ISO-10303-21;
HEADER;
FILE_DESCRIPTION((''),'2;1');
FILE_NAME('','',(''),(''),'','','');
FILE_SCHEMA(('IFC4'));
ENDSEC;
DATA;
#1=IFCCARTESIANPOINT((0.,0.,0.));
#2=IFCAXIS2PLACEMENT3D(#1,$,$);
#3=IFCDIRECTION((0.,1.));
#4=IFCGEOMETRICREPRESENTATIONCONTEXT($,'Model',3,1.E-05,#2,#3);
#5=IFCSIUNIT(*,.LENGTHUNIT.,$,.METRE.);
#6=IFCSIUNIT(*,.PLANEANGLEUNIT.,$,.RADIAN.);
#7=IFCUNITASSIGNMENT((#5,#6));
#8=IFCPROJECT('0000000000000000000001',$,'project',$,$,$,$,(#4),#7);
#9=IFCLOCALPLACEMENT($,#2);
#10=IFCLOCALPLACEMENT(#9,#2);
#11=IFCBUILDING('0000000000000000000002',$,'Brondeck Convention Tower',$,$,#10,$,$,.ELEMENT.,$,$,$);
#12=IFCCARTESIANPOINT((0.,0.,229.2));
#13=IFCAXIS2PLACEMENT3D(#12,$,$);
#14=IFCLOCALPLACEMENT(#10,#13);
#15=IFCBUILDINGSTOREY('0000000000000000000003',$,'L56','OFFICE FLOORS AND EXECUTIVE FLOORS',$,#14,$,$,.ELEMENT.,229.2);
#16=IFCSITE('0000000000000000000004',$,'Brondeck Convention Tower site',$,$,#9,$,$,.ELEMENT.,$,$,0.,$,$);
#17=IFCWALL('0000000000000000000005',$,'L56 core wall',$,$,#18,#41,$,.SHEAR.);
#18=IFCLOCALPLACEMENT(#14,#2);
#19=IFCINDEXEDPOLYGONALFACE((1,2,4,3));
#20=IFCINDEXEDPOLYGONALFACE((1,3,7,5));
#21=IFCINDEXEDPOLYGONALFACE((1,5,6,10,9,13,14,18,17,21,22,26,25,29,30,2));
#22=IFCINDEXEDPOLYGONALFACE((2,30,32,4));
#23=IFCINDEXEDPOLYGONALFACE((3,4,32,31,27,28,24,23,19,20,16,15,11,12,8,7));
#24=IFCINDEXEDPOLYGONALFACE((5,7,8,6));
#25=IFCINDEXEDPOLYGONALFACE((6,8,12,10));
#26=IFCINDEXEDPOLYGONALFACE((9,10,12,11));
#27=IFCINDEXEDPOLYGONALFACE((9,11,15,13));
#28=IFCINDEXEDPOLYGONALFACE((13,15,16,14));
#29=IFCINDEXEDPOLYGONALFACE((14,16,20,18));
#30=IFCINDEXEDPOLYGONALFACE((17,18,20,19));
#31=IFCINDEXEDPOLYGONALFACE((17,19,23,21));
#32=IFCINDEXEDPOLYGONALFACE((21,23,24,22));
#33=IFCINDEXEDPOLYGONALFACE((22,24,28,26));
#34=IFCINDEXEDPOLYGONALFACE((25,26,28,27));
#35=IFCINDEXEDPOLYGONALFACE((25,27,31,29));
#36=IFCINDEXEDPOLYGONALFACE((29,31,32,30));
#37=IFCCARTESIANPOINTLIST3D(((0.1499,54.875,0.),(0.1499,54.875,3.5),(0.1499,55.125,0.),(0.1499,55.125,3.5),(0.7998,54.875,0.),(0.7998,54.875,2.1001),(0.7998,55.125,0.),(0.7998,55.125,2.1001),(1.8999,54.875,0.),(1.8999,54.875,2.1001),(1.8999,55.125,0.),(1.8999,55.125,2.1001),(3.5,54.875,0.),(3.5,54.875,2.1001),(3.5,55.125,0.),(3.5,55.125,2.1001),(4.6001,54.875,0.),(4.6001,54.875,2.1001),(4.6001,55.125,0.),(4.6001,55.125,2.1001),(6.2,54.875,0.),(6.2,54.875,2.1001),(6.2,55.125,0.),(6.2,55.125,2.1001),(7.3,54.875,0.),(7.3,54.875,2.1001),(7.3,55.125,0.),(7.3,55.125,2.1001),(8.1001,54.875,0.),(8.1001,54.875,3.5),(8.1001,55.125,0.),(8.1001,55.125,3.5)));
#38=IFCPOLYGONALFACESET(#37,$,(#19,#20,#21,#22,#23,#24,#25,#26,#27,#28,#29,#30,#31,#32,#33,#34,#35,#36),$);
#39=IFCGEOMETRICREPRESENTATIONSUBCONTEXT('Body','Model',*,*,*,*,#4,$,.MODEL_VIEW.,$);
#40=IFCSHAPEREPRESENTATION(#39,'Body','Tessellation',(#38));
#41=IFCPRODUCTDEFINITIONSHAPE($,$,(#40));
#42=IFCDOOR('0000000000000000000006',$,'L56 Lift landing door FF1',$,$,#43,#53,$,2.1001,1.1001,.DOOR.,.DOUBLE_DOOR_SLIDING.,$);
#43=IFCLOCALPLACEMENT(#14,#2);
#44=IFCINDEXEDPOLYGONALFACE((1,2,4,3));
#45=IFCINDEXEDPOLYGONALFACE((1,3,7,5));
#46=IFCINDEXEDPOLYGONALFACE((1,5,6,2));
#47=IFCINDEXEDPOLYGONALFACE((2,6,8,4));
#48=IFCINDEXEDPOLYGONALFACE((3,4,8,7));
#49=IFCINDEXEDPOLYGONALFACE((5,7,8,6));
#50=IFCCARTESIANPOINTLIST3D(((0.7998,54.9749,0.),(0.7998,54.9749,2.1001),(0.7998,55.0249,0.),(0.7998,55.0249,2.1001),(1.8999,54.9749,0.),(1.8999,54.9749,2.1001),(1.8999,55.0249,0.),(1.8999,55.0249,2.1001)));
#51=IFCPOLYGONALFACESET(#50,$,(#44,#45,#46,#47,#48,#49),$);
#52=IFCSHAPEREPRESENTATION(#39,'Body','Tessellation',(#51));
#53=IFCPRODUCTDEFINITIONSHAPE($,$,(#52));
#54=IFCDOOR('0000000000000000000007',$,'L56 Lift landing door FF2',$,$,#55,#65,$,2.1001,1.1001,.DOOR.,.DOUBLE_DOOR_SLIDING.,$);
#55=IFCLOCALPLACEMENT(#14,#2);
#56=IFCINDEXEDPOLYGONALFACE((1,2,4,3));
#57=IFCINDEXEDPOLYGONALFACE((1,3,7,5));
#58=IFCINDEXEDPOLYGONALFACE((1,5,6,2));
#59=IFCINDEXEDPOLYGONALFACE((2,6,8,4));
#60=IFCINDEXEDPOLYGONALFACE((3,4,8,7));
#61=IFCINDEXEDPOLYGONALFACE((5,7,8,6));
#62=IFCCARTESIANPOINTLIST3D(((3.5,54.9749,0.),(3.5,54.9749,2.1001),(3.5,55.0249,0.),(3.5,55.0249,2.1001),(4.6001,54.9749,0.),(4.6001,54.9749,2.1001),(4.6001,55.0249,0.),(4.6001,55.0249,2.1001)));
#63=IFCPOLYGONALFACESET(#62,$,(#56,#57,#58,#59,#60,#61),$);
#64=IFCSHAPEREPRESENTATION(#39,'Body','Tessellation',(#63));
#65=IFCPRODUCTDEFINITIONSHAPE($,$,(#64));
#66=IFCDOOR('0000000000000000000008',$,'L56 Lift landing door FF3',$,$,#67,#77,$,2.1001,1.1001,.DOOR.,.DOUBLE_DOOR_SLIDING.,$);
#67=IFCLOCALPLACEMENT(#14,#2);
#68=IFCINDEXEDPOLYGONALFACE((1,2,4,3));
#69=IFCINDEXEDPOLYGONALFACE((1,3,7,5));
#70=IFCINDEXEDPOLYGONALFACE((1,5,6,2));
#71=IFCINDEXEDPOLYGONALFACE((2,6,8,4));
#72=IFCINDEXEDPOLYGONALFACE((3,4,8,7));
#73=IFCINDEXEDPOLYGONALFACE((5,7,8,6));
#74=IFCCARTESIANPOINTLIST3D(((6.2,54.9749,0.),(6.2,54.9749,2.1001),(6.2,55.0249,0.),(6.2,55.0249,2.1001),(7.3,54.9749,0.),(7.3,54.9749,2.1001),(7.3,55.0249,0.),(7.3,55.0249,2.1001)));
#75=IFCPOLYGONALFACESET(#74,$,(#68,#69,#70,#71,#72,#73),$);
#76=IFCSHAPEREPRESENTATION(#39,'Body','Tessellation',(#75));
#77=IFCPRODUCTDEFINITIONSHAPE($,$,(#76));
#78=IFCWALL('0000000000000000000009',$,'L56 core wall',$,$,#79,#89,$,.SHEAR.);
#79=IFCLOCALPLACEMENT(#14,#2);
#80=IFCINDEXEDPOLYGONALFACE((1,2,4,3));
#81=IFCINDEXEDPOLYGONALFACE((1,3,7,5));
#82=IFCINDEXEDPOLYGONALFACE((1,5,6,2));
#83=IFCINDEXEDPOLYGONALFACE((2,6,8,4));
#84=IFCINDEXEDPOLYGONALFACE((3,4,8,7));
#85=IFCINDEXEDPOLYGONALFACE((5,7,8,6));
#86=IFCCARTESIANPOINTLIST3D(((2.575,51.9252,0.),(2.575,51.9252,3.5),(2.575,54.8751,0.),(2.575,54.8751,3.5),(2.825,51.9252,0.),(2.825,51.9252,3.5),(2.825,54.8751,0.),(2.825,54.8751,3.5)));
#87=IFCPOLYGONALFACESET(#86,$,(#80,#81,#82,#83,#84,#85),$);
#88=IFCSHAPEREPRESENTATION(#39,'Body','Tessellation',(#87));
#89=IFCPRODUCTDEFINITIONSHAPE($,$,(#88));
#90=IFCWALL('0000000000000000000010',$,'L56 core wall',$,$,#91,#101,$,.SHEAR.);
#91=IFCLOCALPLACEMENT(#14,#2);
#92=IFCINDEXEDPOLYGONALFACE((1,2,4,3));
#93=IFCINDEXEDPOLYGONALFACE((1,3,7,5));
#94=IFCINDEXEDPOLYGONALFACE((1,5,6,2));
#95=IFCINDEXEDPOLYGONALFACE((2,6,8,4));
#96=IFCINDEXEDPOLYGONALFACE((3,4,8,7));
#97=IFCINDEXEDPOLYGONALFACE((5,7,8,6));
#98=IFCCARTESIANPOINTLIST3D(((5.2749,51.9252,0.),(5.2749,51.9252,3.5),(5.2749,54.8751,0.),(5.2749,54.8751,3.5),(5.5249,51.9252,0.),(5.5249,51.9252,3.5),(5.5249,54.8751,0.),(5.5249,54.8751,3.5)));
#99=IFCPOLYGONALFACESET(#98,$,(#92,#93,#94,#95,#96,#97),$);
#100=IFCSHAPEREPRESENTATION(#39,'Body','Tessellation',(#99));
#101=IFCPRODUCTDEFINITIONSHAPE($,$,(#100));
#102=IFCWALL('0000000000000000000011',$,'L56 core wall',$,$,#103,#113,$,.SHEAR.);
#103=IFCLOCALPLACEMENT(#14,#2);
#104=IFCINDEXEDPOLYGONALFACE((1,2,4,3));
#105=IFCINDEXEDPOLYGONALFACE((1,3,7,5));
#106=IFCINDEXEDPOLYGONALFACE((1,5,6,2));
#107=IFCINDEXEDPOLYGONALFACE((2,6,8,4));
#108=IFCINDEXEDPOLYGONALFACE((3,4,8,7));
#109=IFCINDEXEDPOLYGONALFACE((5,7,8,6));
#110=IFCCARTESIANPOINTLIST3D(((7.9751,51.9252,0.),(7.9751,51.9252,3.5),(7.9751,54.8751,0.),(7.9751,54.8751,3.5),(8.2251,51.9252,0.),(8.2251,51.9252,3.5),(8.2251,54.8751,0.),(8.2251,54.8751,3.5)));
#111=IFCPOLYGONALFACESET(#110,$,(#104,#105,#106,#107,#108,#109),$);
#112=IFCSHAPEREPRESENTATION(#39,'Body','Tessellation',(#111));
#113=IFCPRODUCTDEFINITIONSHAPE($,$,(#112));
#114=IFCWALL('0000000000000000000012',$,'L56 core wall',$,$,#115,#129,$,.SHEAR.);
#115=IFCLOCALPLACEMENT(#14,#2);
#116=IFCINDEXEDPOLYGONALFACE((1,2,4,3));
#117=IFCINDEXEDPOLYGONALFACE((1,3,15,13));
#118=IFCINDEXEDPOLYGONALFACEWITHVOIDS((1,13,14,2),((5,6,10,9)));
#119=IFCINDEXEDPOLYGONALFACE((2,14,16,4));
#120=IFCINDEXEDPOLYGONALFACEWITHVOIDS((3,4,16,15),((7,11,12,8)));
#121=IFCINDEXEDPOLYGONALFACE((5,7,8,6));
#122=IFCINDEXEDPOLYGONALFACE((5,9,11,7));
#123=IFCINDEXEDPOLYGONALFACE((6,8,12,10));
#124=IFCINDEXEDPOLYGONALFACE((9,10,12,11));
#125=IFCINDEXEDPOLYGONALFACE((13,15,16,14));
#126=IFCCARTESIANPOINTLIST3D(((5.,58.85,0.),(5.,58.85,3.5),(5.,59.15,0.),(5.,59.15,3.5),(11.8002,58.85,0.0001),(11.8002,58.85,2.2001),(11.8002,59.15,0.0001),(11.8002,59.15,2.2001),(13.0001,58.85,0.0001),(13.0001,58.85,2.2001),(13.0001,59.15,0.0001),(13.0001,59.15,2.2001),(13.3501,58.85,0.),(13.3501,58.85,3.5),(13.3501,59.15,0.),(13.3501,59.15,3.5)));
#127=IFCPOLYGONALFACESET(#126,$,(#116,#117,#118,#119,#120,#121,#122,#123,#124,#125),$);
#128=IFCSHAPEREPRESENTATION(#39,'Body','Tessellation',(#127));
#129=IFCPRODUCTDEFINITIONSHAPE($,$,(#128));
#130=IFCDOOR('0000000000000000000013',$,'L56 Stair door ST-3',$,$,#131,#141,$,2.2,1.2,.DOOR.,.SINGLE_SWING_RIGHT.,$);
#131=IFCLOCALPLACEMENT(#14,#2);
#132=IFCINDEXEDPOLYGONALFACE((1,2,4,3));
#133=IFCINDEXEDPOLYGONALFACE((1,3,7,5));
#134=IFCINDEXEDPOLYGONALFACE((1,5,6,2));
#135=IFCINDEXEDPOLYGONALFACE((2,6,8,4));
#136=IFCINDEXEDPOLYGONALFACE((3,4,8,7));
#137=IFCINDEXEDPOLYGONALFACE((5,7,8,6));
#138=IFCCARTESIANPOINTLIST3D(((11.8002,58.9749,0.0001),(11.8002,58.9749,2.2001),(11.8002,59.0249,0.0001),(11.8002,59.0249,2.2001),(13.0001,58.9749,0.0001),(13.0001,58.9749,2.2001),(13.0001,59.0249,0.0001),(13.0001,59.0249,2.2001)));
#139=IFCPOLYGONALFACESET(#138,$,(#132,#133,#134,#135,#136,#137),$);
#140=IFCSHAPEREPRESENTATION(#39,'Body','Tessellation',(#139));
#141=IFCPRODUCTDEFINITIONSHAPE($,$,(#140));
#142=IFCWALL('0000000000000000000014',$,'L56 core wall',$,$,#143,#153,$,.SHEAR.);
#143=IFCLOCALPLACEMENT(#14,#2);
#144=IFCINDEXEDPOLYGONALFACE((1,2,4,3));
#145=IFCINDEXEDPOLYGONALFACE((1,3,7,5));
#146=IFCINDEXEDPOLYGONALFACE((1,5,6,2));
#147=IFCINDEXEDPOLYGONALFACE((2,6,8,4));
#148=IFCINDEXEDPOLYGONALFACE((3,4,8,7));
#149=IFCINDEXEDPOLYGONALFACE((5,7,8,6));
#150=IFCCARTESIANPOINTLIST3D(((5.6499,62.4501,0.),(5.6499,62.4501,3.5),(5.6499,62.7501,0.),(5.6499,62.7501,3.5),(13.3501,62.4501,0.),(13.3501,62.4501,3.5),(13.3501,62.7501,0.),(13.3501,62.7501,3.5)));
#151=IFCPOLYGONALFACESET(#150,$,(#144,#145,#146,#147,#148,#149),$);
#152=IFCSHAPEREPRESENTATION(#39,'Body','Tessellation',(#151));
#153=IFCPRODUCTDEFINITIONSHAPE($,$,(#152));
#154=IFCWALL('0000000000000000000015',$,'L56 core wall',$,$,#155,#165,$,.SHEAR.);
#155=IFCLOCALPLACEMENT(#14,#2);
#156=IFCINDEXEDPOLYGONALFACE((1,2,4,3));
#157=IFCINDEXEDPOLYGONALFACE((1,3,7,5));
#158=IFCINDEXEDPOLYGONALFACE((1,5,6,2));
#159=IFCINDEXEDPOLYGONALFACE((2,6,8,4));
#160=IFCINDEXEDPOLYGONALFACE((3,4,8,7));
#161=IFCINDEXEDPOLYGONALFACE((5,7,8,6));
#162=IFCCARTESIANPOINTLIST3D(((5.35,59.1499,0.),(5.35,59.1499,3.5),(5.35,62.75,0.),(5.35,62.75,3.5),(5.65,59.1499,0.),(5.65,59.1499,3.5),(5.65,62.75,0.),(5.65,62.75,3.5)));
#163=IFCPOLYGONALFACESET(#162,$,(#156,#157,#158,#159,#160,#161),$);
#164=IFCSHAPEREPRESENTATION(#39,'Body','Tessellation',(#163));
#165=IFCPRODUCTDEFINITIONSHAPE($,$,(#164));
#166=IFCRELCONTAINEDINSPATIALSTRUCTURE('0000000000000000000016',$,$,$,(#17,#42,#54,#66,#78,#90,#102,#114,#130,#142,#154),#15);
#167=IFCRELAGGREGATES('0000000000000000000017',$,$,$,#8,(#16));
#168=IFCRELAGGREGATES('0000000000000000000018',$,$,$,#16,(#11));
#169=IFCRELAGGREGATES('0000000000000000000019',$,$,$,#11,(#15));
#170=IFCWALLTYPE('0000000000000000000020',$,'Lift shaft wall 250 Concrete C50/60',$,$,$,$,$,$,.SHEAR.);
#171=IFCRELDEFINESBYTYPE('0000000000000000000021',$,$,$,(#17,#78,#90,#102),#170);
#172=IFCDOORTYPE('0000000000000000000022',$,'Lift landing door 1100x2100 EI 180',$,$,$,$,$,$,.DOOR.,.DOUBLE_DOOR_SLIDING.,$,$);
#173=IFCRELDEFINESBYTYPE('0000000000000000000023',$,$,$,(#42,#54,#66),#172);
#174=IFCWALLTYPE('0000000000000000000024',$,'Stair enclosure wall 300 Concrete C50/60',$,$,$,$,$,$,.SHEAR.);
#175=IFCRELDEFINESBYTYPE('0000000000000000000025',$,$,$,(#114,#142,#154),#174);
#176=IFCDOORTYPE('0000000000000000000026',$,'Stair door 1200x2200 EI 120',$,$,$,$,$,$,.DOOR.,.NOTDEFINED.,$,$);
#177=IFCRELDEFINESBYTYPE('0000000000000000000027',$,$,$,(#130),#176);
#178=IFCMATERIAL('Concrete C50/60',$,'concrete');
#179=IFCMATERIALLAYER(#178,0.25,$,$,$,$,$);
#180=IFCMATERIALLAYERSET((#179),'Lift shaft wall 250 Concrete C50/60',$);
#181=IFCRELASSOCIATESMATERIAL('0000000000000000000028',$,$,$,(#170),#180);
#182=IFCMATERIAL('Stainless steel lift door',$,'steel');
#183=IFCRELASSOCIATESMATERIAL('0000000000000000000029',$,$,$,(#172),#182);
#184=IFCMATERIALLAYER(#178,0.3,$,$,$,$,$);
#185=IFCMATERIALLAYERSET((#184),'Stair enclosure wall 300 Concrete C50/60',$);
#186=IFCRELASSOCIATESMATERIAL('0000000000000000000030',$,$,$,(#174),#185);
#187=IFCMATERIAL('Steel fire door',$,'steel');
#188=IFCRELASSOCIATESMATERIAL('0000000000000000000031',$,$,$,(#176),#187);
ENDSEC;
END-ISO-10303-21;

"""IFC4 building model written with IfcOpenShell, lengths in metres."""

from ifc_helpers import new_model, si_unit, direction, frame, frame_2d, origin, place, context, subcontext, project, spatial, rectangle, extrude, material, layer, layer_set, type_object, element, fill, save


model = new_model("IFC4")

# Units and contexts
model_context = context("Model", 3, precision=1e-05, world=origin(), true_north=direction((0.0, 1.0)))
body_context = subcontext(model_context, "Body", "Model", "MODEL_VIEW")
ifc_project = project(units=[si_unit("LENGTHUNIT", "METRE"), si_unit("PLANEANGLEUNIT", "RADIAN")], contexts=[model_context])

# Site, building, storey
site_placement = place(None, origin())
site = spatial("IfcSite", under=ifc_project, at=site_placement, Name="Brondeck Convention Tower site", CompositionType="ELEMENT", RefElevation=0.0)
building_placement = place(site_placement, origin())
building = spatial("IfcBuilding", under=site, at=building_placement, Name="Brondeck Convention Tower", CompositionType="ELEMENT")
storey_placement = place(building_placement, frame((0.0, 0.0, 229.2)))
storey = spatial("IfcBuildingStorey", under=building, at=storey_placement, Name="L56", Description="OFFICE FLOORS AND EXECUTIVE FLOORS", CompositionType="ELEMENT", Elevation=229.2)

# Shared definitions
ifc_material_1 = material(Name="Concrete C50/60", Category="concrete")

# Shared definitions
ifc_material_2 = material(Name="Steel fire door", Category="steel")

# Wall, openings, doors
ifc_layer_1 = layer(ifc_material_1, 0.25)
ifc_layer_set_1 = layer_set([ifc_layer_1], Name="Lift shaft wall 250 Concrete C50/60")
wall_type_1 = type_object("IfcWallType", Name="Lift shaft wall 250 Concrete C50/60", PredefinedType="SHEAR", material=ifc_layer_set_1)
wall_1_placement = place(storey_placement, frame((0.1499, 55.0, 0.0), z_axis=(0.0, 0.0, 1.0), x_axis=(1.0, 0.0, 0.0)))
wall_1 = element("IfcWall", 1, at=wall_1_placement, inside=storey, type_object=wall_type_1, Name="L56 core wall", PredefinedType="SHEAR", context=body_context, shape_type="SweptSolid", body=[
    extrude(rectangle(XDim=7.9502, YDim=0.25, at=frame_2d((3.9751, 0.0))), origin(), (0.0, 0.0, 1.0), 3.5),
])
opening_1_placement = place(wall_1_placement, frame((0.6499, 0.0, 0.0)))
opening_1 = element("IfcOpeningElement", 2, at=opening_1_placement, cuts=wall_1, PredefinedType="OPENING", context=body_context, shape_type="SweptSolid", body=[
    extrude(rectangle(XDim=1.1001, YDim=2.1001, at=frame_2d((0.55, 1.05))), frame((0.0, 0.135, 0.0), z_axis=(0.0, -1.0, 0.0), x_axis=(1.0, 0.0, 0.0)), (0.0, 0.0, 1.0), 0.27),
])
opening_2_placement = place(wall_1_placement, frame((3.3501, 0.0, 0.0)))
opening_2 = element("IfcOpeningElement", 3, at=opening_2_placement, cuts=wall_1, PredefinedType="OPENING", context=body_context, shape_type="SweptSolid", body=[
    extrude(rectangle(XDim=1.1001, YDim=2.1001, at=frame_2d((0.55, 1.05))), frame((0.0, 0.135, 0.0), z_axis=(0.0, -1.0, 0.0), x_axis=(1.0, 0.0, 0.0)), (0.0, 0.0, 1.0), 0.27),
])
opening_3_placement = place(wall_1_placement, frame((6.05, 0.0, 0.0)))
opening_3 = element("IfcOpeningElement", 4, at=opening_3_placement, cuts=wall_1, PredefinedType="OPENING", context=body_context, shape_type="SweptSolid", body=[
    extrude(rectangle(XDim=1.1001, YDim=2.1001, at=frame_2d((0.55, 1.05))), frame((0.0, 0.135, 0.0), z_axis=(0.0, -1.0, 0.0), x_axis=(1.0, 0.0, 0.0)), (0.0, 0.0, 1.0), 0.27),
])
ifc_material_3 = material(Name="Stainless steel lift door", Category="steel")
door_type_1 = type_object("IfcDoorType", Name="Lift landing door 1100x2100 EI 180", OperationType="DOUBLE_DOOR_SLIDING", PredefinedType="DOOR", material=ifc_material_3)
door_1_placement = place(opening_1_placement, origin())
door_1 = element("IfcDoor", 5, at=door_1_placement, inside=storey, type_object=door_type_1, Name="L56 Lift landing door FF1", OperationType="DOUBLE_DOOR_SLIDING", OverallHeight=2.1001, OverallWidth=1.1001, PredefinedType="DOOR", context=body_context, shape_type="SweptSolid", body=[
    extrude(rectangle(XDim=1.1001, YDim=2.1001, at=frame_2d((0.55, 1.05))), frame((0.0, 0.0249, 0.0), z_axis=(0.0, -1.0, 0.0), x_axis=(1.0, 0.0, 0.0)), (0.0, 0.0, 1.0), 0.05),
])
fill(opening_1, door_1)
door_2_placement = place(opening_2_placement, origin())
door_2 = element("IfcDoor", 6, at=door_2_placement, inside=storey, type_object=door_type_1, Name="L56 Lift landing door FF2", OperationType="DOUBLE_DOOR_SLIDING", OverallHeight=2.1001, OverallWidth=1.1001, PredefinedType="DOOR", context=body_context, shape_type="SweptSolid", body=[
    extrude(rectangle(XDim=1.1001, YDim=2.1001, at=frame_2d((0.55, 1.05))), frame((0.0, 0.0249, 0.0), z_axis=(0.0, -1.0, 0.0), x_axis=(1.0, 0.0, 0.0)), (0.0, 0.0, 1.0), 0.05),
])
fill(opening_2, door_2)
door_3_placement = place(opening_3_placement, origin())
door_3 = element("IfcDoor", 7, at=door_3_placement, inside=storey, type_object=door_type_1, Name="L56 Lift landing door FF3", OperationType="DOUBLE_DOOR_SLIDING", OverallHeight=2.1001, OverallWidth=1.1001, PredefinedType="DOOR", context=body_context, shape_type="SweptSolid", body=[
    extrude(rectangle(XDim=1.1001, YDim=2.1001, at=frame_2d((0.55, 1.05))), frame((0.0, 0.0249, 0.0), z_axis=(0.0, -1.0, 0.0), x_axis=(1.0, 0.0, 0.0)), (0.0, 0.0, 1.0), 0.05),
])
fill(opening_3, door_3)

# Walls
for number, where, z_axis, x_axis, name in (
    (8, (2.7, 51.925, 0.0), (0.0, 0.0, 1.0), (0.0, 1.0, 0.0), "L56 core wall"),
    (9, (5.3999, 51.925, 0.0), (0.0, 0.0, 1.0), (0.0, 1.0, 0.0), "L56 core wall"),
    (10, (8.1001, 51.925, 0.0), (0.0, 0.0, 1.0), (0.0, 1.0, 0.0), "L56 core wall"),
):
    element("IfcWall", number, at=place(storey_placement, frame(where, z_axis=z_axis, x_axis=x_axis)), inside=storey, type_object=wall_type_1, Name=name, PredefinedType="SHEAR", context=body_context, shape_type="SweptSolid", body=[
        extrude(rectangle(XDim=2.95, YDim=0.25, at=frame_2d((1.4751, 0.0))), origin(), (0.0, 0.0, 1.0), 3.5),
    ])

# Wall, opening, door
ifc_layer_2 = layer(ifc_material_1, 0.3)
ifc_layer_set_2 = layer_set([ifc_layer_2], Name="Stair enclosure wall 300 Concrete C50/60")
wall_type_2 = type_object("IfcWallType", Name="Stair enclosure wall 300 Concrete C50/60", PredefinedType="SHEAR", material=ifc_layer_set_2)
wall_2_placement = place(storey_placement, frame((5.0, 59.0, 0.0), z_axis=(0.0, 0.0, 1.0), x_axis=(1.0, 0.0, 0.0)))
wall_2 = element("IfcWall", 11, at=wall_2_placement, inside=storey, type_object=wall_type_2, Name="L56 core wall", PredefinedType="SHEAR", context=body_context, shape_type="SweptSolid", body=[
    extrude(rectangle(XDim=8.3501, YDim=0.3, at=frame_2d((4.175, 0.0))), origin(), (0.0, 0.0, 1.0), 3.5),
])
opening_4_placement = place(wall_2_placement, frame((6.8, 0.0, 0.0)))
opening_4 = element("IfcOpeningElement", 12, at=opening_4_placement, cuts=wall_2, PredefinedType="OPENING", context=body_context, shape_type="SweptSolid", body=[
    extrude(rectangle(XDim=1.2, YDim=2.2, at=frame_2d((0.6001, 1.1001))), frame((0.0, 0.1599, 0.0), z_axis=(0.0, -1.0, 0.0), x_axis=(1.0, 0.0, 0.0)), (0.0, 0.0, 1.0), 0.3201),
])
door_type_2 = type_object("IfcDoorType", Name="Stair door 1200x2200 EI 120", OperationType="NOTDEFINED", PredefinedType="DOOR", material=ifc_material_2)
door_4_placement = place(opening_4_placement, origin())
door_4 = element("IfcDoor", 13, at=door_4_placement, inside=storey, type_object=door_type_2, Name="L56 Stair door ST-3", OperationType="SINGLE_SWING_RIGHT", OverallHeight=2.2, OverallWidth=1.2, PredefinedType="DOOR", context=body_context, shape_type="SweptSolid", body=[
    extrude(rectangle(XDim=1.2, YDim=2.2, at=frame_2d((0.6001, 1.1001))), frame((0.0, 0.0249, 0.0), z_axis=(0.0, -1.0, 0.0), x_axis=(1.0, 0.0, 0.0)), (0.0, 0.0, 1.0), 0.05),
])
fill(opening_4, door_4)

# Walls
wall_3_placement = place(storey_placement, frame((5.6499, 62.6001, 0.0), z_axis=(0.0, 0.0, 1.0), x_axis=(1.0, 0.0, 0.0)))
element("IfcWall", 14, at=wall_3_placement, inside=storey, type_object=wall_type_2, Name="L56 core wall", PredefinedType="SHEAR", context=body_context, shape_type="SweptSolid", body=[
    extrude(rectangle(XDim=7.7002, YDim=0.3, at=frame_2d((3.8501, 0.0))), origin(), (0.0, 0.0, 1.0), 3.5),
])
wall_4_placement = place(storey_placement, frame((5.5, 59.1499, 0.0), z_axis=(0.0, 0.0, 1.0), x_axis=(0.0, 1.0, 0.0)))
element("IfcWall", 15, at=wall_4_placement, inside=storey, type_object=wall_type_2, Name="L56 core wall", PredefinedType="SHEAR", context=body_context, shape_type="SweptSolid", body=[
    extrude(rectangle(XDim=3.6001, YDim=0.3, at=frame_2d((1.8, 0.0))), origin(), (0.0, 0.0, 1.0), 3.5),
])

save(model, "model.ifc")
